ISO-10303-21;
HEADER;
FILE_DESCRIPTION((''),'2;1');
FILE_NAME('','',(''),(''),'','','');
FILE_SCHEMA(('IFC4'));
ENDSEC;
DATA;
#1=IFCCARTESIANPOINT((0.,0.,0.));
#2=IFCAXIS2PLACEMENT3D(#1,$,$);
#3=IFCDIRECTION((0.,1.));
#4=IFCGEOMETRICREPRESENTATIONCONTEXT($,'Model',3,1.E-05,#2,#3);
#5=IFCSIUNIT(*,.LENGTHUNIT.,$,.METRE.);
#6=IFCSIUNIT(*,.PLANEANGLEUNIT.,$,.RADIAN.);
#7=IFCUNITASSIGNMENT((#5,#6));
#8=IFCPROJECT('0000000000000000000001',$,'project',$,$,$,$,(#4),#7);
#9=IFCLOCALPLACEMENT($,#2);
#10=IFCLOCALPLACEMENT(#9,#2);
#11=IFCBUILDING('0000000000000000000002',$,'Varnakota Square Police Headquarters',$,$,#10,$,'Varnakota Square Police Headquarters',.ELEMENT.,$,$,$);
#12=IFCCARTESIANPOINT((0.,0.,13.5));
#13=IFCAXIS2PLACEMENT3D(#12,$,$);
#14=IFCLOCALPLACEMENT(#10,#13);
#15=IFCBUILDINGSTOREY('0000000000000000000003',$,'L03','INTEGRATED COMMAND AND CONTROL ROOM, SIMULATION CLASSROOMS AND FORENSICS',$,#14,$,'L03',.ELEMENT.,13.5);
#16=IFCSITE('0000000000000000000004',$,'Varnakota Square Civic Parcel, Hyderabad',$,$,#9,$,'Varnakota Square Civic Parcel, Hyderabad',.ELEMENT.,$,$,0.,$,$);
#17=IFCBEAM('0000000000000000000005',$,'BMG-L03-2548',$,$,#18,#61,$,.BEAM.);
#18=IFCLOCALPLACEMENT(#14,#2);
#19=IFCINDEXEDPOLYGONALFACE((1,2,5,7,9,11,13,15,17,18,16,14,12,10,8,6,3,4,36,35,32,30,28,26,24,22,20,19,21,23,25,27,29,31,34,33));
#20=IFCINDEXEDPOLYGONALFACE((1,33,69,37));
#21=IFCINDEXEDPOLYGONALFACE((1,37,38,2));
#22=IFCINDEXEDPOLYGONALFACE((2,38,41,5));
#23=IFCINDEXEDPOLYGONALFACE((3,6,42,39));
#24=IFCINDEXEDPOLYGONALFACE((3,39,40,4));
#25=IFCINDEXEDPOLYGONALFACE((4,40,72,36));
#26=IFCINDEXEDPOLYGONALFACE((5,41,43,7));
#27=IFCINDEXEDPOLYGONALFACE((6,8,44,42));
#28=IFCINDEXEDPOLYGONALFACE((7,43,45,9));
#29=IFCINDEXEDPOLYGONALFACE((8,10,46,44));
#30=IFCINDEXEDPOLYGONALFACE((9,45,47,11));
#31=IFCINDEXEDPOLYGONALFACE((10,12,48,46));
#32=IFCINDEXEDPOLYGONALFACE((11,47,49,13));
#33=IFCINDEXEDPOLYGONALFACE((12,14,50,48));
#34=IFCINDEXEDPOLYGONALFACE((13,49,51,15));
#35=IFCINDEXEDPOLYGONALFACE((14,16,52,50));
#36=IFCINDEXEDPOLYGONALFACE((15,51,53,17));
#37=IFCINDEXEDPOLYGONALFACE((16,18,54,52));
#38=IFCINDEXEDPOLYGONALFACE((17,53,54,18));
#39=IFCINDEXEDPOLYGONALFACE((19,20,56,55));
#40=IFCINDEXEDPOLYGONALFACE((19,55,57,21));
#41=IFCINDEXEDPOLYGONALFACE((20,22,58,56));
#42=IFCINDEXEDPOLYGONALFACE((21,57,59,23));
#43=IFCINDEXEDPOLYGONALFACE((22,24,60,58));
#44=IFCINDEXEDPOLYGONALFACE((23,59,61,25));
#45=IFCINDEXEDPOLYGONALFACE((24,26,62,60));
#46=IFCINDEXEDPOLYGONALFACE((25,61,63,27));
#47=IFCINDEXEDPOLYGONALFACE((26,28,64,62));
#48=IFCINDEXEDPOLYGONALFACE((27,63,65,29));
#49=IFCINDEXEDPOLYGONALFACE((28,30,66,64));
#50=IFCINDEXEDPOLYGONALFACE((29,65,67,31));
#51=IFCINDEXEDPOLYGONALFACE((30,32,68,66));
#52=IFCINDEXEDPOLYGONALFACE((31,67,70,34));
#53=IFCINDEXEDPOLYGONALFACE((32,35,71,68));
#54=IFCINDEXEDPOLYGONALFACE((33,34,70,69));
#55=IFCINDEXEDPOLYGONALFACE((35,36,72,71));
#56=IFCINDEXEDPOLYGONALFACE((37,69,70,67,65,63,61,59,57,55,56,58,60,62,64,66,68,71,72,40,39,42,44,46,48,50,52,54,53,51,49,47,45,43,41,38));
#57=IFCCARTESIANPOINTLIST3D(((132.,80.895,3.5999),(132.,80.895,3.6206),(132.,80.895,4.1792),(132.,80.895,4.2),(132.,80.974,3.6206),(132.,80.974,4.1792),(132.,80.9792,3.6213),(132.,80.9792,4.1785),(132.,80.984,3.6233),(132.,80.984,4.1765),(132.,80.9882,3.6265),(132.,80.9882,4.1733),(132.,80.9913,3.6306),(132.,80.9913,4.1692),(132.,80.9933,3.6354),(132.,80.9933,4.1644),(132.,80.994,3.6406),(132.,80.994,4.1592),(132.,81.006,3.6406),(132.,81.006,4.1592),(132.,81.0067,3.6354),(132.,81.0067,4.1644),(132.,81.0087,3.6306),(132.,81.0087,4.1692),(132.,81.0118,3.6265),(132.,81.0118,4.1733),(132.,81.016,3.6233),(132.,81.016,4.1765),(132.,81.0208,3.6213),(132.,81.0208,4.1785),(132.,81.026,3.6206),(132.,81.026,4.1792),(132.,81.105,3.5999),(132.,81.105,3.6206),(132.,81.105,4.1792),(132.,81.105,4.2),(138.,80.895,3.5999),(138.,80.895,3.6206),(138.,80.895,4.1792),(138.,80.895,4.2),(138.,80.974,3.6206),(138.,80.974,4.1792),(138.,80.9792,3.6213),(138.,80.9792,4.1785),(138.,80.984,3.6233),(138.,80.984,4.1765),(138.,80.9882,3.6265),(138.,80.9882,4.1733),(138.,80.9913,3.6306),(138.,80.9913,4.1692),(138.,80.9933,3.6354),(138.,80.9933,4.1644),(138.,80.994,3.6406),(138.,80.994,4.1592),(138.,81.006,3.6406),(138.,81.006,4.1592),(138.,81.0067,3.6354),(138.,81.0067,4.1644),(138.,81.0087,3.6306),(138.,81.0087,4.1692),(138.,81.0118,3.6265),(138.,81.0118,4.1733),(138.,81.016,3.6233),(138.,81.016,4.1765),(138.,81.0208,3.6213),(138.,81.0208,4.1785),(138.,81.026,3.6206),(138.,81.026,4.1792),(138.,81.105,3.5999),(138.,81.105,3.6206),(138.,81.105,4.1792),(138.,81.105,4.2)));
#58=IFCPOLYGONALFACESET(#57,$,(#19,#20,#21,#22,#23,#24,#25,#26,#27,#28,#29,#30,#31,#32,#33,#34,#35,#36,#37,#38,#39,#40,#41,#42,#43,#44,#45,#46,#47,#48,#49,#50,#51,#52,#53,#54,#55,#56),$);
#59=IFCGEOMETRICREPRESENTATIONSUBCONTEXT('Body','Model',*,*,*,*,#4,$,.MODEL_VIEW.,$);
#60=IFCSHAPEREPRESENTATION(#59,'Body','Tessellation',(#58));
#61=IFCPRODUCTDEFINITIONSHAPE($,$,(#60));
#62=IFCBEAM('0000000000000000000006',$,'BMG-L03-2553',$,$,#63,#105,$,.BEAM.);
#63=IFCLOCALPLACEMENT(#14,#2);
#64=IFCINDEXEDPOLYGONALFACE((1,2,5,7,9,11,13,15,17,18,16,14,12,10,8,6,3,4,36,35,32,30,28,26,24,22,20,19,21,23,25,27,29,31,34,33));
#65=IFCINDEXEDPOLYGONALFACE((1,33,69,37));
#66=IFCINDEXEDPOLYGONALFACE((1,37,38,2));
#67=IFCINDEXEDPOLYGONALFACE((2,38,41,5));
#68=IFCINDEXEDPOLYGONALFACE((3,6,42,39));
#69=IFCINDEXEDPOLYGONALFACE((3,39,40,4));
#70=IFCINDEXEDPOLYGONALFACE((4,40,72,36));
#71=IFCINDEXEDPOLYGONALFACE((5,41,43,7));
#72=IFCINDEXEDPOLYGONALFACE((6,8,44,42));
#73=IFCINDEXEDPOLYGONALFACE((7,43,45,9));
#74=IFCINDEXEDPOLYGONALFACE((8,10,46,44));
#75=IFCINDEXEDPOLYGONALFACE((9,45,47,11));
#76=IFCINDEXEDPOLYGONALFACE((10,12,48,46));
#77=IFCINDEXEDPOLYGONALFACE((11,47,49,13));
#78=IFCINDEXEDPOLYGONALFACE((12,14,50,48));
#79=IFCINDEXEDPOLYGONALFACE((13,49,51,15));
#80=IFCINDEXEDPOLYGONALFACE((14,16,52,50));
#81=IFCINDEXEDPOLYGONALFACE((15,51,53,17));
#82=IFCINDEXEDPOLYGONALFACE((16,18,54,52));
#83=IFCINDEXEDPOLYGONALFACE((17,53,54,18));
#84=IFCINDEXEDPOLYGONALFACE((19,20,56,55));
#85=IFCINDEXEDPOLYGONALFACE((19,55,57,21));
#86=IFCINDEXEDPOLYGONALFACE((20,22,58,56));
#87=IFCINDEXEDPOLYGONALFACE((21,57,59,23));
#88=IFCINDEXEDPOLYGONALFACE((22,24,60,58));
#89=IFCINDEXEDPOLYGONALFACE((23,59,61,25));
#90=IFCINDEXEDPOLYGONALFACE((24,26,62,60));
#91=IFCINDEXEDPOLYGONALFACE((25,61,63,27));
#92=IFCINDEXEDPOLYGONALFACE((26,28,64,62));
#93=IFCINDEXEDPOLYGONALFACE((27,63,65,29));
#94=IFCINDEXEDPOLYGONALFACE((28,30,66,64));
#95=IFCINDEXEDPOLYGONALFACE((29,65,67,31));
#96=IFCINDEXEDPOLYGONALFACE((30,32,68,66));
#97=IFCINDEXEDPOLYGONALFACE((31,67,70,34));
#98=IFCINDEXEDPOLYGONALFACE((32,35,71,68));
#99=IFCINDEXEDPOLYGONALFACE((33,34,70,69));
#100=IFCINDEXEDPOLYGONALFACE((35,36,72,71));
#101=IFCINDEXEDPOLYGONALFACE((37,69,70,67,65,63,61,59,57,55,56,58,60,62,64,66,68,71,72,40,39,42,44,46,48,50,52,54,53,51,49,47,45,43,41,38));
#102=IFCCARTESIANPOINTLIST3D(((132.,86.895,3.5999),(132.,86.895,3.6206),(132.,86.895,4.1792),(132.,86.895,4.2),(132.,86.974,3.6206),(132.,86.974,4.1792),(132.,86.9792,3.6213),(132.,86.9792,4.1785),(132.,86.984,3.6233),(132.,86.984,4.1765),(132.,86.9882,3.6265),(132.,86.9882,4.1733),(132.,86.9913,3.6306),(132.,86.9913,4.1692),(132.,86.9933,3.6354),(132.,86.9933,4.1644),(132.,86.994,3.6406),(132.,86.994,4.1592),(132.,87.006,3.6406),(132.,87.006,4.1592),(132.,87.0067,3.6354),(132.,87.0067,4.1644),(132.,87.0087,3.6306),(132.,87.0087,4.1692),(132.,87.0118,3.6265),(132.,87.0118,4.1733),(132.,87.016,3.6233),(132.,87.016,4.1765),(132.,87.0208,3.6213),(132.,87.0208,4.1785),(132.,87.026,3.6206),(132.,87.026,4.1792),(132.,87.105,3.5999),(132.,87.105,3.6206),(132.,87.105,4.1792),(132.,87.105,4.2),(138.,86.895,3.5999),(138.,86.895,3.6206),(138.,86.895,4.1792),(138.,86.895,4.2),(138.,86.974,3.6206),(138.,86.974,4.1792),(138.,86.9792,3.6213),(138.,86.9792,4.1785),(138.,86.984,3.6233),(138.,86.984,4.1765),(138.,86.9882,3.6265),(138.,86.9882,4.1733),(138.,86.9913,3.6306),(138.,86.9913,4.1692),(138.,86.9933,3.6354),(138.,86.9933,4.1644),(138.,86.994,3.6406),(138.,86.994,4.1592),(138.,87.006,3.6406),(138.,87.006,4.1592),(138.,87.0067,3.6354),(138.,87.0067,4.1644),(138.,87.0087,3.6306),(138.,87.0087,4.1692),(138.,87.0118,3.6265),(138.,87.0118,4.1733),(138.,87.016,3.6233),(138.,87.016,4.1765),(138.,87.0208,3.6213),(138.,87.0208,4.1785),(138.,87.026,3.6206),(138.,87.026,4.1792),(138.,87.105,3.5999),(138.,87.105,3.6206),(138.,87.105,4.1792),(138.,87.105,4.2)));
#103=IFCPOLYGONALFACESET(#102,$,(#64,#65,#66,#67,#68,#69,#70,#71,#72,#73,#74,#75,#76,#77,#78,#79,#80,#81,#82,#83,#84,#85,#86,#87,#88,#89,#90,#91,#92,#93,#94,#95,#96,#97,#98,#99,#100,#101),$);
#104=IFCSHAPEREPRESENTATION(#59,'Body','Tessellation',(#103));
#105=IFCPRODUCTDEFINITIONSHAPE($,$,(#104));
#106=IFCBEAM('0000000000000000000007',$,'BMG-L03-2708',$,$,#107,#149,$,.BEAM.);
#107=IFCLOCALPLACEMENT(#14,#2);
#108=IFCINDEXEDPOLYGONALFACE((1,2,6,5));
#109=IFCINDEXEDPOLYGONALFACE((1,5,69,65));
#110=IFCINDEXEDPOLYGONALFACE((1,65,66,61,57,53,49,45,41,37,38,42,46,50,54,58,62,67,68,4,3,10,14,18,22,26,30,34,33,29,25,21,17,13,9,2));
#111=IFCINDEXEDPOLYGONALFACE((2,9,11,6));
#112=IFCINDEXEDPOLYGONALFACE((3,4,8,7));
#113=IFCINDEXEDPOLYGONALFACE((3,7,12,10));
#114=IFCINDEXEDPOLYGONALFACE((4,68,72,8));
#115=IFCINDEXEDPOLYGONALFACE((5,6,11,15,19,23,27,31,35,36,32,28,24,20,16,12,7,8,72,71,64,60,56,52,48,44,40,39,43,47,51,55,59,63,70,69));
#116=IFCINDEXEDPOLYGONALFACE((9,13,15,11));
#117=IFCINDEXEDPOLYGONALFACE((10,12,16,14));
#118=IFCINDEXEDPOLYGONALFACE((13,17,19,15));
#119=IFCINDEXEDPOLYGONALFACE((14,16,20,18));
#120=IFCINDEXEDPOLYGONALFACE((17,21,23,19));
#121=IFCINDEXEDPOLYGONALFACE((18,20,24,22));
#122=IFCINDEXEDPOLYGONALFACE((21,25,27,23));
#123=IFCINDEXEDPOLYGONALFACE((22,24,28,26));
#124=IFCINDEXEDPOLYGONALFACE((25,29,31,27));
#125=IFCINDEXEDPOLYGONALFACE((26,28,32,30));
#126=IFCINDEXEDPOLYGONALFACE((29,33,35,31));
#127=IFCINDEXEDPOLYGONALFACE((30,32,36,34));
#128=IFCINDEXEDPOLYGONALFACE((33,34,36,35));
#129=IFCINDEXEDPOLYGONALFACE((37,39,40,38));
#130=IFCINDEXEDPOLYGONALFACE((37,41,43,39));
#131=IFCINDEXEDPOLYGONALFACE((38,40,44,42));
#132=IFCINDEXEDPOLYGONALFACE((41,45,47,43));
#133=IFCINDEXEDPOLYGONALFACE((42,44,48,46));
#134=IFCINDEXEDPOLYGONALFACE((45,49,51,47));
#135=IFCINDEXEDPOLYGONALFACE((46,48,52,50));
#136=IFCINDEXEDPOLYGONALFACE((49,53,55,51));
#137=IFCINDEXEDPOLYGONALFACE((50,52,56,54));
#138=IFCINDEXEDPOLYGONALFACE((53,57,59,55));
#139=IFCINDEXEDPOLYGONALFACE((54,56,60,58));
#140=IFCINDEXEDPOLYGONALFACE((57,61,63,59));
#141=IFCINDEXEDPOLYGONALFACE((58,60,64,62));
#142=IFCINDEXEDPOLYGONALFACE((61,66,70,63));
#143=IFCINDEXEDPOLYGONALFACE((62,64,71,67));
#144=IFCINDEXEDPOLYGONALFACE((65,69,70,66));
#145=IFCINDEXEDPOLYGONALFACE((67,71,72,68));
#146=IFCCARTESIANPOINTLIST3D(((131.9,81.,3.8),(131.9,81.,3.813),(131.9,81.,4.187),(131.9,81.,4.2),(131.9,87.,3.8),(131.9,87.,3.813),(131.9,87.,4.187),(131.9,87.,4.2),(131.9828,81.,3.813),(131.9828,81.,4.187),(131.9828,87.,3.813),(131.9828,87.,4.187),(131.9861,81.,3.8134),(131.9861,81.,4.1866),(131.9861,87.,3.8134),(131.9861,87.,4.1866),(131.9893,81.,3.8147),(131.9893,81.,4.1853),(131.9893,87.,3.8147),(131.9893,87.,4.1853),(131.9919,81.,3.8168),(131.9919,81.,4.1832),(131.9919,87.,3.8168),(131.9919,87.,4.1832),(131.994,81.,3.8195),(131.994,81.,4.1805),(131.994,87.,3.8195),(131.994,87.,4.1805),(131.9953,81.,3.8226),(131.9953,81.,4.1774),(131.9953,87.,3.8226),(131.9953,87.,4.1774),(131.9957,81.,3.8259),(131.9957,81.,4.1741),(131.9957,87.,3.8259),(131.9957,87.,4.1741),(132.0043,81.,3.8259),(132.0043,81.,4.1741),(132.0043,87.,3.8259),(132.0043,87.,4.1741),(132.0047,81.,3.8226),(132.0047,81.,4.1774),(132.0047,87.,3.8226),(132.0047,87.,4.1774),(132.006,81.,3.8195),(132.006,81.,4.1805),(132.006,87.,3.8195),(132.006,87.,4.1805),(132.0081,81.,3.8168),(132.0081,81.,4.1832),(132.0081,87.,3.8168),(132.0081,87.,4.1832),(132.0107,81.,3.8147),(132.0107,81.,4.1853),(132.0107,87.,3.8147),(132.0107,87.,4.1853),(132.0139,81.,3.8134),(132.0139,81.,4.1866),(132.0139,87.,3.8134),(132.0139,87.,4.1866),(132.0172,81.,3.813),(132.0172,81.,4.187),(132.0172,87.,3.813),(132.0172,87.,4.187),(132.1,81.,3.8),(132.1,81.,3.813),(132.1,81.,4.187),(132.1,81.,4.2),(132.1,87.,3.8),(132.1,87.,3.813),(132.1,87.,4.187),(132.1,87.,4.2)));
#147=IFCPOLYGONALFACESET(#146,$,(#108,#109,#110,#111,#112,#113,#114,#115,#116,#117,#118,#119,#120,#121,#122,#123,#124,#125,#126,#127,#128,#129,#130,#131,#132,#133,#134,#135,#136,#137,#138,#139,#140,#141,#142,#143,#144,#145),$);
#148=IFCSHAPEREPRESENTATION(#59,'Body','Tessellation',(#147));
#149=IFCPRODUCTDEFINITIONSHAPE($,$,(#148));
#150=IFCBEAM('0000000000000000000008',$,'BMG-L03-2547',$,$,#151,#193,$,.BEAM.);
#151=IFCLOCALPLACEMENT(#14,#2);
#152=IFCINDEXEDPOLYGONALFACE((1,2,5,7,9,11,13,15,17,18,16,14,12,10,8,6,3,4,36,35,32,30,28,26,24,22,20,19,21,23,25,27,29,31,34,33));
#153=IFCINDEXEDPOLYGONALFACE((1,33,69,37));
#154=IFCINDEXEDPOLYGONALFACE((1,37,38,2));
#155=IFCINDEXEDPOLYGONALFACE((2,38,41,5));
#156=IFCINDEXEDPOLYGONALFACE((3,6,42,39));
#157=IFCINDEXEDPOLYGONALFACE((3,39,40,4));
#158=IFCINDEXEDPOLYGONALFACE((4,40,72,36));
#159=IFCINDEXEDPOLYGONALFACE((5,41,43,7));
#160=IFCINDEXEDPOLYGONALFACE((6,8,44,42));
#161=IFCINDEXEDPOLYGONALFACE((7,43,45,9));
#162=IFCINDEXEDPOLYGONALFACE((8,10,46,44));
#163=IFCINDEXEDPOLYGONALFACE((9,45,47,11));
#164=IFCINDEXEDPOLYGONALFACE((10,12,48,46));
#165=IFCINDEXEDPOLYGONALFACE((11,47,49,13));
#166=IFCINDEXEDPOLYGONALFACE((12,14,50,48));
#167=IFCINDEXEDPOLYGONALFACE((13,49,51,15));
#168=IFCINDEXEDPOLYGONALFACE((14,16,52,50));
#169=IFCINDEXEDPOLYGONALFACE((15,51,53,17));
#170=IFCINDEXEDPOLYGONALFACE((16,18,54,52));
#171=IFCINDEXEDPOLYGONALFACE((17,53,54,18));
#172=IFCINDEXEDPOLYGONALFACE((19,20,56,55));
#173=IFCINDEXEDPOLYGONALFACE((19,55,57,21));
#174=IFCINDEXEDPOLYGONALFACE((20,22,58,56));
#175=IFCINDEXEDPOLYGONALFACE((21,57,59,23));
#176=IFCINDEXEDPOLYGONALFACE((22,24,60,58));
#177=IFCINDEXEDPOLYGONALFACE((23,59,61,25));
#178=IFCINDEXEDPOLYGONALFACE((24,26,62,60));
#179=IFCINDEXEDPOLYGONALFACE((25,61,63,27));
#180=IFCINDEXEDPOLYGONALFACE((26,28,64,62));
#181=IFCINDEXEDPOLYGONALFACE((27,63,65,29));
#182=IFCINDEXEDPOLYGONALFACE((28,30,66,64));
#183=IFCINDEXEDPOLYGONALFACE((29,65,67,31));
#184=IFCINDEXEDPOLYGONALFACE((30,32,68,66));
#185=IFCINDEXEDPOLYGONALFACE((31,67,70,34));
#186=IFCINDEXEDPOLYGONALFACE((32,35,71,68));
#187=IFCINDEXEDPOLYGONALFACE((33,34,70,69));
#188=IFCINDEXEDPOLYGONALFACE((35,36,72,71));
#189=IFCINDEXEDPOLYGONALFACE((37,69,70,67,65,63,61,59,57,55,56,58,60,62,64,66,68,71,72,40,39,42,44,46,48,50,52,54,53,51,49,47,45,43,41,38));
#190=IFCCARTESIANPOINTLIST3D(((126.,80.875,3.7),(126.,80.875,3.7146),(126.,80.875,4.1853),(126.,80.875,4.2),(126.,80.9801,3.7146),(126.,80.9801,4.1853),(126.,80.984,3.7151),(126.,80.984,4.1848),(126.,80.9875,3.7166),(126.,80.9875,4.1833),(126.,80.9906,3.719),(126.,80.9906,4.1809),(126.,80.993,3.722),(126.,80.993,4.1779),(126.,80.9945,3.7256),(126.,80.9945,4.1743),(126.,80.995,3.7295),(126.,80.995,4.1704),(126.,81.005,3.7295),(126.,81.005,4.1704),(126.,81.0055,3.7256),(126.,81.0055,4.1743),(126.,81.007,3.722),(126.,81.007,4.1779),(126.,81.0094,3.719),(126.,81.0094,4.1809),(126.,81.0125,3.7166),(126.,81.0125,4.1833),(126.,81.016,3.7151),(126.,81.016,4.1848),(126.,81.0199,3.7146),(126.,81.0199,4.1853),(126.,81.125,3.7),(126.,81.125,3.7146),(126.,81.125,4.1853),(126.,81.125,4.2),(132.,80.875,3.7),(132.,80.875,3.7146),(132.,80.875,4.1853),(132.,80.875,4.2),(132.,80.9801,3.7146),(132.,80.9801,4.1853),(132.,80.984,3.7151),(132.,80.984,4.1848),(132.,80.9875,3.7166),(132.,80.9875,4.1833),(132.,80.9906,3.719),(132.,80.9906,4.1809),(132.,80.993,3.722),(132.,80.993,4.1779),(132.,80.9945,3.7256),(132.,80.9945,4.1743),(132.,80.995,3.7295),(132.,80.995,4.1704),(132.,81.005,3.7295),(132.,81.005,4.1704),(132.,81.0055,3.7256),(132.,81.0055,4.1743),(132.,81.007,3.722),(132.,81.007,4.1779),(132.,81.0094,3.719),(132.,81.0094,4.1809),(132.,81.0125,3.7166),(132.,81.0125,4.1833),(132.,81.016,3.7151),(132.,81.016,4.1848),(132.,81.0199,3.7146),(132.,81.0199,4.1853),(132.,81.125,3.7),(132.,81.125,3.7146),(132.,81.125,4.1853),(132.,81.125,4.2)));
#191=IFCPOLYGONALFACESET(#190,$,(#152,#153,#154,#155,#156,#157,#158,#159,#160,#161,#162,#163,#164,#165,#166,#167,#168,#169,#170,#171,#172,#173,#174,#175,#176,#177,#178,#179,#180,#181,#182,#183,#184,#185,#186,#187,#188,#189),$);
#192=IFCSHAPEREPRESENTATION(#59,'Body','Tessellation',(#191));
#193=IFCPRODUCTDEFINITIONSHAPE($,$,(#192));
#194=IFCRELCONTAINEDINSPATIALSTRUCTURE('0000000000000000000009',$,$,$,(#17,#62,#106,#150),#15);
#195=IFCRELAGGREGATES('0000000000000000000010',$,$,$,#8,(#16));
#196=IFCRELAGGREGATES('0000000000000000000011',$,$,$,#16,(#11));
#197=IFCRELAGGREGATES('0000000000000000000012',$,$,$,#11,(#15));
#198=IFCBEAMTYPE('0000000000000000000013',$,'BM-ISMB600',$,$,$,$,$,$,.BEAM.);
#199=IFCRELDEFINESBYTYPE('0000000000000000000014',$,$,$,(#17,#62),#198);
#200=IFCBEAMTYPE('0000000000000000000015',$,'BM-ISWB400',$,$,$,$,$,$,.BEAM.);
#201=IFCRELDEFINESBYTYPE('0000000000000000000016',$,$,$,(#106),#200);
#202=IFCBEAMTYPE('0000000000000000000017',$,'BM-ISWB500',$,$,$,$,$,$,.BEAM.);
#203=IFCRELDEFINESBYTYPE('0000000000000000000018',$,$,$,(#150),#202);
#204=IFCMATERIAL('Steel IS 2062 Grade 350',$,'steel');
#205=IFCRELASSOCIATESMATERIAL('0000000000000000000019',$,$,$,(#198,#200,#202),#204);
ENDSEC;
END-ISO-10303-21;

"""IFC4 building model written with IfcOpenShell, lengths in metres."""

from ifc_helpers import new_model, si_unit, direction, frame, origin, origin_2d, place, context, subcontext, project, spatial, i_section, extrude, material, material_profile, profile_set, type_object, element, save


model = new_model("IFC4")

# Units and contexts
model_context = context("Model", 3, precision=1e-05, world=origin(), true_north=direction((0.0, 1.0)))
body_context = subcontext(model_context, "Body", "Model", "MODEL_VIEW")
ifc_project = project(units=[si_unit("LENGTHUNIT", "METRE"), si_unit("PLANEANGLEUNIT", "RADIAN")], contexts=[model_context])

# Site, building, storey
site_placement = place(None, origin())
site = spatial("IfcSite", under=ifc_project, at=site_placement, Name="Varnakota Square Civic Parcel, Hyderabad", LongName="Varnakota Square Civic Parcel, Hyderabad", CompositionType="ELEMENT", RefElevation=0.0)
building_placement = place(site_placement, origin())
building = spatial("IfcBuilding", under=site, at=building_placement, Name="Varnakota Square Police Headquarters", LongName="Varnakota Square Police Headquarters", CompositionType="ELEMENT")
storey_placement = place(building_placement, frame((0.0, 0.0, 13.5)))
storey = spatial("IfcBuildingStorey", under=building, at=storey_placement, Name="L03", Description="INTEGRATED COMMAND AND CONTROL ROOM, SIMULATION CLASSROOMS AND FORENSICS", LongName="L03", CompositionType="ELEMENT", Elevation=13.5)

# Shared definitions
ifc_material_1 = material(Name="Steel IS 2062 Grade 350", Category="steel")

# Beams
ifc_material_profile_1 = material_profile(ifc_material_1, i_section(OverallWidth=0.21, OverallDepth=0.6001, WebThickness=0.012, FlangeThickness=0.0208, FilletRadius=0.02, at=origin_2d()), Name="ISMB 600")
ifc_profile_set_1 = profile_set([ifc_material_profile_1], Name="Steel IS 2062 Grade 350")
beam_type_1 = type_object("IfcBeamType", Name="BM-ISMB600", PredefinedType="BEAM", material=ifc_profile_set_1)
for number, where, z_axis, x_axis, name in (
    (1, (132.0, 81.0, 3.8999), (1.0, 0.0, 0.0), (0.0, 1.0, 0.0), "BMG-L03-2548"),
    (2, (132.0, 87.0, 3.8999), (1.0, 0.0, 0.0), (0.0, 1.0, 0.0), "BMG-L03-2553"),
):
    element("IfcBeam", number, at=place(storey_placement, frame(where, z_axis=z_axis, x_axis=x_axis)), inside=storey, type_object=beam_type_1, Name=name, PredefinedType="BEAM", context=body_context, shape_type="SweptSolid", body=[
        extrude(i_section(OverallWidth=0.21, OverallDepth=0.6001, WebThickness=0.012, FlangeThickness=0.0208, FilletRadius=0.02, at=origin_2d()), origin(), (0.0, 0.0, 1.0), 6.0),
    ])
ifc_material_profile_2 = material_profile(ifc_material_1, i_section(OverallWidth=0.2, OverallDepth=0.3999, WebThickness=0.0085, FlangeThickness=0.0129, FilletRadius=0.0129, at=origin_2d()), Name="ISWB 400")
ifc_profile_set_2 = profile_set([ifc_material_profile_2], Name="Steel IS 2062 Grade 350")
beam_type_2 = type_object("IfcBeamType", Name="BM-ISWB400", PredefinedType="BEAM", material=ifc_profile_set_2)
beam_1_placement = place(storey_placement, frame((132.0, 81.0, 4.0), z_axis=(0.0, 1.0, 0.0), x_axis=(-1.0, 0.0, 0.0)))
element("IfcBeam", 3, at=beam_1_placement, inside=storey, type_object=beam_type_2, Name="BMG-L03-2708", PredefinedType="BEAM", context=body_context, shape_type="SweptSolid", body=[
    extrude(i_section(OverallWidth=0.2, OverallDepth=0.3999, WebThickness=0.0085, FlangeThickness=0.0129, FilletRadius=0.0129, at=origin_2d()), origin(), (0.0, 0.0, 1.0), 6.0),
])
ifc_material_profile_3 = material_profile(ifc_material_1, i_section(OverallWidth=0.25, OverallDepth=0.5, WebThickness=0.01, FlangeThickness=0.0146, FilletRadius=0.0149, at=origin_2d()), Name="ISWB 500")
ifc_profile_set_3 = profile_set([ifc_material_profile_3], Name="Steel IS 2062 Grade 350")
beam_type_3 = type_object("IfcBeamType", Name="BM-ISWB500", PredefinedType="BEAM", material=ifc_profile_set_3)
beam_2_placement = place(storey_placement, frame((126.0, 81.0, 3.95), z_axis=(1.0, 0.0, 0.0), x_axis=(0.0, 1.0, 0.0)))
element("IfcBeam", 4, at=beam_2_placement, inside=storey, type_object=beam_type_3, Name="BMG-L03-2547", PredefinedType="BEAM", context=body_context, shape_type="SweptSolid", body=[
    extrude(i_section(OverallWidth=0.25, OverallDepth=0.5, WebThickness=0.01, FlangeThickness=0.0146, FilletRadius=0.0149, at=origin_2d()), origin(), (0.0, 0.0, 1.0), 6.0),
])

save(model, "model.ifc")
